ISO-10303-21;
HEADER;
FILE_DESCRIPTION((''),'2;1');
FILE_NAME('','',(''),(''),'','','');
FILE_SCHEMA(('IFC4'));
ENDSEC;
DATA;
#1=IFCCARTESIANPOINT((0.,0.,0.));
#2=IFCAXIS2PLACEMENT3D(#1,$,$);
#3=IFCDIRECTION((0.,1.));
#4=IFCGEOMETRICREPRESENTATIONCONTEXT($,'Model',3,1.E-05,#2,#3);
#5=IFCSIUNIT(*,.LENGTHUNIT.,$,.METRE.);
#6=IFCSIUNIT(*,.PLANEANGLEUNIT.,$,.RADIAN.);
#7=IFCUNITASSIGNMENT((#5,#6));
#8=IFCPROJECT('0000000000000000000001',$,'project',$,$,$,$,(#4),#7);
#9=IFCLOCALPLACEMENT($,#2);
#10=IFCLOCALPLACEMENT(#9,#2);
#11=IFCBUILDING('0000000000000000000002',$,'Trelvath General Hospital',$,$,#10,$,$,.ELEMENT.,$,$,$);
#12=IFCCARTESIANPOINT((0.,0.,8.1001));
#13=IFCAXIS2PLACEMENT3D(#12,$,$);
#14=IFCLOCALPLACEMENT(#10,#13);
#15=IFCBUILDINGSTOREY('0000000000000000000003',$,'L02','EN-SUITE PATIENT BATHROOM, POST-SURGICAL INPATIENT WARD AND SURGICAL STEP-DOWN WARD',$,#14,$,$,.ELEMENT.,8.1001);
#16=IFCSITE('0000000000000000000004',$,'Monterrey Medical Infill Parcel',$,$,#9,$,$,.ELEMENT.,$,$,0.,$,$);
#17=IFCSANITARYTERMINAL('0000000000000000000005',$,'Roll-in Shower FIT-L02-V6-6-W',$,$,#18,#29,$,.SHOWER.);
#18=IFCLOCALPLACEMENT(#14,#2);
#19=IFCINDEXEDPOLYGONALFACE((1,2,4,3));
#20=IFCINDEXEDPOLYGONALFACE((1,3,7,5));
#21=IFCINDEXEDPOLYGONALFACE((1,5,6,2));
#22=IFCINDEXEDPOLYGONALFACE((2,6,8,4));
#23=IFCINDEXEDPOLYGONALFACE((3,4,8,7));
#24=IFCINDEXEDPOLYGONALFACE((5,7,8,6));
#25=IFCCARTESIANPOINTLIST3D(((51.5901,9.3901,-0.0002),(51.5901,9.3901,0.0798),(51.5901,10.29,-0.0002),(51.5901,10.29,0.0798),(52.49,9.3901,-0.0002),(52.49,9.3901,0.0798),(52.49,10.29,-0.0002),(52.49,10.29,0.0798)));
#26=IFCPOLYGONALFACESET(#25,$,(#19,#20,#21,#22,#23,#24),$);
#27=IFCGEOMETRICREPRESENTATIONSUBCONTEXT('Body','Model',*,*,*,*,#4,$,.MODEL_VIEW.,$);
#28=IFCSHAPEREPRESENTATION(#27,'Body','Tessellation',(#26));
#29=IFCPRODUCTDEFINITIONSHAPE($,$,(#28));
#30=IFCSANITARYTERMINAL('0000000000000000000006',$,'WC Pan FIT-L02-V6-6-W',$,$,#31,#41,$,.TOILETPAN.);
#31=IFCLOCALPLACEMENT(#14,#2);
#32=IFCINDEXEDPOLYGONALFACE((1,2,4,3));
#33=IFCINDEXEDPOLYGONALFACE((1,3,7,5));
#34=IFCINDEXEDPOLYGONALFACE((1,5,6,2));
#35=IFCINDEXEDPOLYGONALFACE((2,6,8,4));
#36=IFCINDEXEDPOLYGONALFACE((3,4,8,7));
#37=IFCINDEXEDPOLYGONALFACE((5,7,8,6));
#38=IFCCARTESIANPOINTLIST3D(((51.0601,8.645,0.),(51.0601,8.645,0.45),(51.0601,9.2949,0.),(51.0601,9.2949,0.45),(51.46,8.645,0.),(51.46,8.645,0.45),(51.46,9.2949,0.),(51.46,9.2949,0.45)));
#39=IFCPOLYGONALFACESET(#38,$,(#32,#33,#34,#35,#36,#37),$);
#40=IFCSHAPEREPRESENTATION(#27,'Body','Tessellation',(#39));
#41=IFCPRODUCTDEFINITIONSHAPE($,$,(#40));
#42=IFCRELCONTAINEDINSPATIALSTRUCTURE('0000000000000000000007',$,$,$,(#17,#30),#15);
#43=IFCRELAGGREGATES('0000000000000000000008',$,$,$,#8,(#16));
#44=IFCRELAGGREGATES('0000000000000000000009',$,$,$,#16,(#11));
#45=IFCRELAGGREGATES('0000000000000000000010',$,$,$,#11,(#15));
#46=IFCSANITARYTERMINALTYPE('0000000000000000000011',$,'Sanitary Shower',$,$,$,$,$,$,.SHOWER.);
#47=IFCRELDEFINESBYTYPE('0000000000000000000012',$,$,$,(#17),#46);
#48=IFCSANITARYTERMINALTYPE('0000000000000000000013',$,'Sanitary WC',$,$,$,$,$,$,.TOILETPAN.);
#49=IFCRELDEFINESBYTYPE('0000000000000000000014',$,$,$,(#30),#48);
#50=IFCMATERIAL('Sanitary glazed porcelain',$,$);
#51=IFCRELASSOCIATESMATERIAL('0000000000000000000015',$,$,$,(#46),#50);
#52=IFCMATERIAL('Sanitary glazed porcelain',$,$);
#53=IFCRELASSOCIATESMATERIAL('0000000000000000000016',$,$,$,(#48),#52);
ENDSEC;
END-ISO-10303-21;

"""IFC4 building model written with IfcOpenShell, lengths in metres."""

from ifc_helpers import new_model, si_unit, direction, frame, origin, origin_2d, place, context, subcontext, project, spatial, rectangle, extrude, material, type_object, element, save


model = new_model("IFC4")

# Units and contexts
model_context = context("Model", 3, precision=1e-05, world=origin(), true_north=direction((0.0, 1.0)))
body_context = subcontext(model_context, "Body", "Model", "MODEL_VIEW")
ifc_project = project(units=[si_unit("LENGTHUNIT", "METRE"), si_unit("PLANEANGLEUNIT", "RADIAN")], contexts=[model_context])

# Site, building, storey
site_placement = place(None, origin())
site = spatial("IfcSite", under=ifc_project, at=site_placement, Name="Monterrey Medical Infill Parcel", CompositionType="ELEMENT", RefElevation=0.0)
building_placement = place(site_placement, origin())
building = spatial("IfcBuilding", under=site, at=building_placement, Name="Trelvath General Hospital", CompositionType="ELEMENT")
storey_placement = place(building_placement, frame((0.0, 0.0, 8.1001)))
storey = spatial("IfcBuildingStorey", under=building, at=storey_placement, Name="L02", Description="EN-SUITE PATIENT BATHROOM, POST-SURGICAL INPATIENT WARD AND SURGICAL STEP-DOWN WARD", CompositionType="ELEMENT", Elevation=8.1001)

# Sanitary terminals
ifc_material_1 = material(Name="Sanitary glazed porcelain")
sanitary_terminal_type_1 = type_object("IfcSanitaryTerminalType", Name="Sanitary Shower", PredefinedType="SHOWER", material=ifc_material_1)
sanitary_terminal_1_placement = place(storey_placement, frame((52.04, 9.8401, -0.0002), z_axis=(0.0, 0.0, 1.0), x_axis=(1.0, 0.0, 0.0)))
element("IfcSanitaryTerminal", 1, at=sanitary_terminal_1_placement, inside=storey, type_object=sanitary_terminal_type_1, Name="Roll-in Shower FIT-L02-V6-6-W", PredefinedType="SHOWER", context=body_context, shape_type="SweptSolid", body=[
    extrude(rectangle(XDim=0.8999, YDim=0.8999, at=origin_2d()), origin(), (0.0, 0.0, 1.0), 0.0801),
])
ifc_material_2 = material(Name="Sanitary glazed porcelain")
sanitary_terminal_type_2 = type_object("IfcSanitaryTerminalType", Name="Sanitary WC", PredefinedType="TOILETPAN", material=ifc_material_2)
sanitary_terminal_2_placement = place(storey_placement, frame((51.26, 8.97, 0.0), z_axis=(0.0, 0.0, 1.0), x_axis=(1.0, 0.0, 0.0)))
element("IfcSanitaryTerminal", 2, at=sanitary_terminal_2_placement, inside=storey, type_object=sanitary_terminal_type_2, Name="WC Pan FIT-L02-V6-6-W", PredefinedType="TOILETPAN", context=body_context, shape_type="SweptSolid", body=[
    extrude(rectangle(XDim=0.3999, YDim=0.6499, at=origin_2d()), origin(), (0.0, 0.0, 1.0), 0.45),
])

save(model, "model.ifc")
